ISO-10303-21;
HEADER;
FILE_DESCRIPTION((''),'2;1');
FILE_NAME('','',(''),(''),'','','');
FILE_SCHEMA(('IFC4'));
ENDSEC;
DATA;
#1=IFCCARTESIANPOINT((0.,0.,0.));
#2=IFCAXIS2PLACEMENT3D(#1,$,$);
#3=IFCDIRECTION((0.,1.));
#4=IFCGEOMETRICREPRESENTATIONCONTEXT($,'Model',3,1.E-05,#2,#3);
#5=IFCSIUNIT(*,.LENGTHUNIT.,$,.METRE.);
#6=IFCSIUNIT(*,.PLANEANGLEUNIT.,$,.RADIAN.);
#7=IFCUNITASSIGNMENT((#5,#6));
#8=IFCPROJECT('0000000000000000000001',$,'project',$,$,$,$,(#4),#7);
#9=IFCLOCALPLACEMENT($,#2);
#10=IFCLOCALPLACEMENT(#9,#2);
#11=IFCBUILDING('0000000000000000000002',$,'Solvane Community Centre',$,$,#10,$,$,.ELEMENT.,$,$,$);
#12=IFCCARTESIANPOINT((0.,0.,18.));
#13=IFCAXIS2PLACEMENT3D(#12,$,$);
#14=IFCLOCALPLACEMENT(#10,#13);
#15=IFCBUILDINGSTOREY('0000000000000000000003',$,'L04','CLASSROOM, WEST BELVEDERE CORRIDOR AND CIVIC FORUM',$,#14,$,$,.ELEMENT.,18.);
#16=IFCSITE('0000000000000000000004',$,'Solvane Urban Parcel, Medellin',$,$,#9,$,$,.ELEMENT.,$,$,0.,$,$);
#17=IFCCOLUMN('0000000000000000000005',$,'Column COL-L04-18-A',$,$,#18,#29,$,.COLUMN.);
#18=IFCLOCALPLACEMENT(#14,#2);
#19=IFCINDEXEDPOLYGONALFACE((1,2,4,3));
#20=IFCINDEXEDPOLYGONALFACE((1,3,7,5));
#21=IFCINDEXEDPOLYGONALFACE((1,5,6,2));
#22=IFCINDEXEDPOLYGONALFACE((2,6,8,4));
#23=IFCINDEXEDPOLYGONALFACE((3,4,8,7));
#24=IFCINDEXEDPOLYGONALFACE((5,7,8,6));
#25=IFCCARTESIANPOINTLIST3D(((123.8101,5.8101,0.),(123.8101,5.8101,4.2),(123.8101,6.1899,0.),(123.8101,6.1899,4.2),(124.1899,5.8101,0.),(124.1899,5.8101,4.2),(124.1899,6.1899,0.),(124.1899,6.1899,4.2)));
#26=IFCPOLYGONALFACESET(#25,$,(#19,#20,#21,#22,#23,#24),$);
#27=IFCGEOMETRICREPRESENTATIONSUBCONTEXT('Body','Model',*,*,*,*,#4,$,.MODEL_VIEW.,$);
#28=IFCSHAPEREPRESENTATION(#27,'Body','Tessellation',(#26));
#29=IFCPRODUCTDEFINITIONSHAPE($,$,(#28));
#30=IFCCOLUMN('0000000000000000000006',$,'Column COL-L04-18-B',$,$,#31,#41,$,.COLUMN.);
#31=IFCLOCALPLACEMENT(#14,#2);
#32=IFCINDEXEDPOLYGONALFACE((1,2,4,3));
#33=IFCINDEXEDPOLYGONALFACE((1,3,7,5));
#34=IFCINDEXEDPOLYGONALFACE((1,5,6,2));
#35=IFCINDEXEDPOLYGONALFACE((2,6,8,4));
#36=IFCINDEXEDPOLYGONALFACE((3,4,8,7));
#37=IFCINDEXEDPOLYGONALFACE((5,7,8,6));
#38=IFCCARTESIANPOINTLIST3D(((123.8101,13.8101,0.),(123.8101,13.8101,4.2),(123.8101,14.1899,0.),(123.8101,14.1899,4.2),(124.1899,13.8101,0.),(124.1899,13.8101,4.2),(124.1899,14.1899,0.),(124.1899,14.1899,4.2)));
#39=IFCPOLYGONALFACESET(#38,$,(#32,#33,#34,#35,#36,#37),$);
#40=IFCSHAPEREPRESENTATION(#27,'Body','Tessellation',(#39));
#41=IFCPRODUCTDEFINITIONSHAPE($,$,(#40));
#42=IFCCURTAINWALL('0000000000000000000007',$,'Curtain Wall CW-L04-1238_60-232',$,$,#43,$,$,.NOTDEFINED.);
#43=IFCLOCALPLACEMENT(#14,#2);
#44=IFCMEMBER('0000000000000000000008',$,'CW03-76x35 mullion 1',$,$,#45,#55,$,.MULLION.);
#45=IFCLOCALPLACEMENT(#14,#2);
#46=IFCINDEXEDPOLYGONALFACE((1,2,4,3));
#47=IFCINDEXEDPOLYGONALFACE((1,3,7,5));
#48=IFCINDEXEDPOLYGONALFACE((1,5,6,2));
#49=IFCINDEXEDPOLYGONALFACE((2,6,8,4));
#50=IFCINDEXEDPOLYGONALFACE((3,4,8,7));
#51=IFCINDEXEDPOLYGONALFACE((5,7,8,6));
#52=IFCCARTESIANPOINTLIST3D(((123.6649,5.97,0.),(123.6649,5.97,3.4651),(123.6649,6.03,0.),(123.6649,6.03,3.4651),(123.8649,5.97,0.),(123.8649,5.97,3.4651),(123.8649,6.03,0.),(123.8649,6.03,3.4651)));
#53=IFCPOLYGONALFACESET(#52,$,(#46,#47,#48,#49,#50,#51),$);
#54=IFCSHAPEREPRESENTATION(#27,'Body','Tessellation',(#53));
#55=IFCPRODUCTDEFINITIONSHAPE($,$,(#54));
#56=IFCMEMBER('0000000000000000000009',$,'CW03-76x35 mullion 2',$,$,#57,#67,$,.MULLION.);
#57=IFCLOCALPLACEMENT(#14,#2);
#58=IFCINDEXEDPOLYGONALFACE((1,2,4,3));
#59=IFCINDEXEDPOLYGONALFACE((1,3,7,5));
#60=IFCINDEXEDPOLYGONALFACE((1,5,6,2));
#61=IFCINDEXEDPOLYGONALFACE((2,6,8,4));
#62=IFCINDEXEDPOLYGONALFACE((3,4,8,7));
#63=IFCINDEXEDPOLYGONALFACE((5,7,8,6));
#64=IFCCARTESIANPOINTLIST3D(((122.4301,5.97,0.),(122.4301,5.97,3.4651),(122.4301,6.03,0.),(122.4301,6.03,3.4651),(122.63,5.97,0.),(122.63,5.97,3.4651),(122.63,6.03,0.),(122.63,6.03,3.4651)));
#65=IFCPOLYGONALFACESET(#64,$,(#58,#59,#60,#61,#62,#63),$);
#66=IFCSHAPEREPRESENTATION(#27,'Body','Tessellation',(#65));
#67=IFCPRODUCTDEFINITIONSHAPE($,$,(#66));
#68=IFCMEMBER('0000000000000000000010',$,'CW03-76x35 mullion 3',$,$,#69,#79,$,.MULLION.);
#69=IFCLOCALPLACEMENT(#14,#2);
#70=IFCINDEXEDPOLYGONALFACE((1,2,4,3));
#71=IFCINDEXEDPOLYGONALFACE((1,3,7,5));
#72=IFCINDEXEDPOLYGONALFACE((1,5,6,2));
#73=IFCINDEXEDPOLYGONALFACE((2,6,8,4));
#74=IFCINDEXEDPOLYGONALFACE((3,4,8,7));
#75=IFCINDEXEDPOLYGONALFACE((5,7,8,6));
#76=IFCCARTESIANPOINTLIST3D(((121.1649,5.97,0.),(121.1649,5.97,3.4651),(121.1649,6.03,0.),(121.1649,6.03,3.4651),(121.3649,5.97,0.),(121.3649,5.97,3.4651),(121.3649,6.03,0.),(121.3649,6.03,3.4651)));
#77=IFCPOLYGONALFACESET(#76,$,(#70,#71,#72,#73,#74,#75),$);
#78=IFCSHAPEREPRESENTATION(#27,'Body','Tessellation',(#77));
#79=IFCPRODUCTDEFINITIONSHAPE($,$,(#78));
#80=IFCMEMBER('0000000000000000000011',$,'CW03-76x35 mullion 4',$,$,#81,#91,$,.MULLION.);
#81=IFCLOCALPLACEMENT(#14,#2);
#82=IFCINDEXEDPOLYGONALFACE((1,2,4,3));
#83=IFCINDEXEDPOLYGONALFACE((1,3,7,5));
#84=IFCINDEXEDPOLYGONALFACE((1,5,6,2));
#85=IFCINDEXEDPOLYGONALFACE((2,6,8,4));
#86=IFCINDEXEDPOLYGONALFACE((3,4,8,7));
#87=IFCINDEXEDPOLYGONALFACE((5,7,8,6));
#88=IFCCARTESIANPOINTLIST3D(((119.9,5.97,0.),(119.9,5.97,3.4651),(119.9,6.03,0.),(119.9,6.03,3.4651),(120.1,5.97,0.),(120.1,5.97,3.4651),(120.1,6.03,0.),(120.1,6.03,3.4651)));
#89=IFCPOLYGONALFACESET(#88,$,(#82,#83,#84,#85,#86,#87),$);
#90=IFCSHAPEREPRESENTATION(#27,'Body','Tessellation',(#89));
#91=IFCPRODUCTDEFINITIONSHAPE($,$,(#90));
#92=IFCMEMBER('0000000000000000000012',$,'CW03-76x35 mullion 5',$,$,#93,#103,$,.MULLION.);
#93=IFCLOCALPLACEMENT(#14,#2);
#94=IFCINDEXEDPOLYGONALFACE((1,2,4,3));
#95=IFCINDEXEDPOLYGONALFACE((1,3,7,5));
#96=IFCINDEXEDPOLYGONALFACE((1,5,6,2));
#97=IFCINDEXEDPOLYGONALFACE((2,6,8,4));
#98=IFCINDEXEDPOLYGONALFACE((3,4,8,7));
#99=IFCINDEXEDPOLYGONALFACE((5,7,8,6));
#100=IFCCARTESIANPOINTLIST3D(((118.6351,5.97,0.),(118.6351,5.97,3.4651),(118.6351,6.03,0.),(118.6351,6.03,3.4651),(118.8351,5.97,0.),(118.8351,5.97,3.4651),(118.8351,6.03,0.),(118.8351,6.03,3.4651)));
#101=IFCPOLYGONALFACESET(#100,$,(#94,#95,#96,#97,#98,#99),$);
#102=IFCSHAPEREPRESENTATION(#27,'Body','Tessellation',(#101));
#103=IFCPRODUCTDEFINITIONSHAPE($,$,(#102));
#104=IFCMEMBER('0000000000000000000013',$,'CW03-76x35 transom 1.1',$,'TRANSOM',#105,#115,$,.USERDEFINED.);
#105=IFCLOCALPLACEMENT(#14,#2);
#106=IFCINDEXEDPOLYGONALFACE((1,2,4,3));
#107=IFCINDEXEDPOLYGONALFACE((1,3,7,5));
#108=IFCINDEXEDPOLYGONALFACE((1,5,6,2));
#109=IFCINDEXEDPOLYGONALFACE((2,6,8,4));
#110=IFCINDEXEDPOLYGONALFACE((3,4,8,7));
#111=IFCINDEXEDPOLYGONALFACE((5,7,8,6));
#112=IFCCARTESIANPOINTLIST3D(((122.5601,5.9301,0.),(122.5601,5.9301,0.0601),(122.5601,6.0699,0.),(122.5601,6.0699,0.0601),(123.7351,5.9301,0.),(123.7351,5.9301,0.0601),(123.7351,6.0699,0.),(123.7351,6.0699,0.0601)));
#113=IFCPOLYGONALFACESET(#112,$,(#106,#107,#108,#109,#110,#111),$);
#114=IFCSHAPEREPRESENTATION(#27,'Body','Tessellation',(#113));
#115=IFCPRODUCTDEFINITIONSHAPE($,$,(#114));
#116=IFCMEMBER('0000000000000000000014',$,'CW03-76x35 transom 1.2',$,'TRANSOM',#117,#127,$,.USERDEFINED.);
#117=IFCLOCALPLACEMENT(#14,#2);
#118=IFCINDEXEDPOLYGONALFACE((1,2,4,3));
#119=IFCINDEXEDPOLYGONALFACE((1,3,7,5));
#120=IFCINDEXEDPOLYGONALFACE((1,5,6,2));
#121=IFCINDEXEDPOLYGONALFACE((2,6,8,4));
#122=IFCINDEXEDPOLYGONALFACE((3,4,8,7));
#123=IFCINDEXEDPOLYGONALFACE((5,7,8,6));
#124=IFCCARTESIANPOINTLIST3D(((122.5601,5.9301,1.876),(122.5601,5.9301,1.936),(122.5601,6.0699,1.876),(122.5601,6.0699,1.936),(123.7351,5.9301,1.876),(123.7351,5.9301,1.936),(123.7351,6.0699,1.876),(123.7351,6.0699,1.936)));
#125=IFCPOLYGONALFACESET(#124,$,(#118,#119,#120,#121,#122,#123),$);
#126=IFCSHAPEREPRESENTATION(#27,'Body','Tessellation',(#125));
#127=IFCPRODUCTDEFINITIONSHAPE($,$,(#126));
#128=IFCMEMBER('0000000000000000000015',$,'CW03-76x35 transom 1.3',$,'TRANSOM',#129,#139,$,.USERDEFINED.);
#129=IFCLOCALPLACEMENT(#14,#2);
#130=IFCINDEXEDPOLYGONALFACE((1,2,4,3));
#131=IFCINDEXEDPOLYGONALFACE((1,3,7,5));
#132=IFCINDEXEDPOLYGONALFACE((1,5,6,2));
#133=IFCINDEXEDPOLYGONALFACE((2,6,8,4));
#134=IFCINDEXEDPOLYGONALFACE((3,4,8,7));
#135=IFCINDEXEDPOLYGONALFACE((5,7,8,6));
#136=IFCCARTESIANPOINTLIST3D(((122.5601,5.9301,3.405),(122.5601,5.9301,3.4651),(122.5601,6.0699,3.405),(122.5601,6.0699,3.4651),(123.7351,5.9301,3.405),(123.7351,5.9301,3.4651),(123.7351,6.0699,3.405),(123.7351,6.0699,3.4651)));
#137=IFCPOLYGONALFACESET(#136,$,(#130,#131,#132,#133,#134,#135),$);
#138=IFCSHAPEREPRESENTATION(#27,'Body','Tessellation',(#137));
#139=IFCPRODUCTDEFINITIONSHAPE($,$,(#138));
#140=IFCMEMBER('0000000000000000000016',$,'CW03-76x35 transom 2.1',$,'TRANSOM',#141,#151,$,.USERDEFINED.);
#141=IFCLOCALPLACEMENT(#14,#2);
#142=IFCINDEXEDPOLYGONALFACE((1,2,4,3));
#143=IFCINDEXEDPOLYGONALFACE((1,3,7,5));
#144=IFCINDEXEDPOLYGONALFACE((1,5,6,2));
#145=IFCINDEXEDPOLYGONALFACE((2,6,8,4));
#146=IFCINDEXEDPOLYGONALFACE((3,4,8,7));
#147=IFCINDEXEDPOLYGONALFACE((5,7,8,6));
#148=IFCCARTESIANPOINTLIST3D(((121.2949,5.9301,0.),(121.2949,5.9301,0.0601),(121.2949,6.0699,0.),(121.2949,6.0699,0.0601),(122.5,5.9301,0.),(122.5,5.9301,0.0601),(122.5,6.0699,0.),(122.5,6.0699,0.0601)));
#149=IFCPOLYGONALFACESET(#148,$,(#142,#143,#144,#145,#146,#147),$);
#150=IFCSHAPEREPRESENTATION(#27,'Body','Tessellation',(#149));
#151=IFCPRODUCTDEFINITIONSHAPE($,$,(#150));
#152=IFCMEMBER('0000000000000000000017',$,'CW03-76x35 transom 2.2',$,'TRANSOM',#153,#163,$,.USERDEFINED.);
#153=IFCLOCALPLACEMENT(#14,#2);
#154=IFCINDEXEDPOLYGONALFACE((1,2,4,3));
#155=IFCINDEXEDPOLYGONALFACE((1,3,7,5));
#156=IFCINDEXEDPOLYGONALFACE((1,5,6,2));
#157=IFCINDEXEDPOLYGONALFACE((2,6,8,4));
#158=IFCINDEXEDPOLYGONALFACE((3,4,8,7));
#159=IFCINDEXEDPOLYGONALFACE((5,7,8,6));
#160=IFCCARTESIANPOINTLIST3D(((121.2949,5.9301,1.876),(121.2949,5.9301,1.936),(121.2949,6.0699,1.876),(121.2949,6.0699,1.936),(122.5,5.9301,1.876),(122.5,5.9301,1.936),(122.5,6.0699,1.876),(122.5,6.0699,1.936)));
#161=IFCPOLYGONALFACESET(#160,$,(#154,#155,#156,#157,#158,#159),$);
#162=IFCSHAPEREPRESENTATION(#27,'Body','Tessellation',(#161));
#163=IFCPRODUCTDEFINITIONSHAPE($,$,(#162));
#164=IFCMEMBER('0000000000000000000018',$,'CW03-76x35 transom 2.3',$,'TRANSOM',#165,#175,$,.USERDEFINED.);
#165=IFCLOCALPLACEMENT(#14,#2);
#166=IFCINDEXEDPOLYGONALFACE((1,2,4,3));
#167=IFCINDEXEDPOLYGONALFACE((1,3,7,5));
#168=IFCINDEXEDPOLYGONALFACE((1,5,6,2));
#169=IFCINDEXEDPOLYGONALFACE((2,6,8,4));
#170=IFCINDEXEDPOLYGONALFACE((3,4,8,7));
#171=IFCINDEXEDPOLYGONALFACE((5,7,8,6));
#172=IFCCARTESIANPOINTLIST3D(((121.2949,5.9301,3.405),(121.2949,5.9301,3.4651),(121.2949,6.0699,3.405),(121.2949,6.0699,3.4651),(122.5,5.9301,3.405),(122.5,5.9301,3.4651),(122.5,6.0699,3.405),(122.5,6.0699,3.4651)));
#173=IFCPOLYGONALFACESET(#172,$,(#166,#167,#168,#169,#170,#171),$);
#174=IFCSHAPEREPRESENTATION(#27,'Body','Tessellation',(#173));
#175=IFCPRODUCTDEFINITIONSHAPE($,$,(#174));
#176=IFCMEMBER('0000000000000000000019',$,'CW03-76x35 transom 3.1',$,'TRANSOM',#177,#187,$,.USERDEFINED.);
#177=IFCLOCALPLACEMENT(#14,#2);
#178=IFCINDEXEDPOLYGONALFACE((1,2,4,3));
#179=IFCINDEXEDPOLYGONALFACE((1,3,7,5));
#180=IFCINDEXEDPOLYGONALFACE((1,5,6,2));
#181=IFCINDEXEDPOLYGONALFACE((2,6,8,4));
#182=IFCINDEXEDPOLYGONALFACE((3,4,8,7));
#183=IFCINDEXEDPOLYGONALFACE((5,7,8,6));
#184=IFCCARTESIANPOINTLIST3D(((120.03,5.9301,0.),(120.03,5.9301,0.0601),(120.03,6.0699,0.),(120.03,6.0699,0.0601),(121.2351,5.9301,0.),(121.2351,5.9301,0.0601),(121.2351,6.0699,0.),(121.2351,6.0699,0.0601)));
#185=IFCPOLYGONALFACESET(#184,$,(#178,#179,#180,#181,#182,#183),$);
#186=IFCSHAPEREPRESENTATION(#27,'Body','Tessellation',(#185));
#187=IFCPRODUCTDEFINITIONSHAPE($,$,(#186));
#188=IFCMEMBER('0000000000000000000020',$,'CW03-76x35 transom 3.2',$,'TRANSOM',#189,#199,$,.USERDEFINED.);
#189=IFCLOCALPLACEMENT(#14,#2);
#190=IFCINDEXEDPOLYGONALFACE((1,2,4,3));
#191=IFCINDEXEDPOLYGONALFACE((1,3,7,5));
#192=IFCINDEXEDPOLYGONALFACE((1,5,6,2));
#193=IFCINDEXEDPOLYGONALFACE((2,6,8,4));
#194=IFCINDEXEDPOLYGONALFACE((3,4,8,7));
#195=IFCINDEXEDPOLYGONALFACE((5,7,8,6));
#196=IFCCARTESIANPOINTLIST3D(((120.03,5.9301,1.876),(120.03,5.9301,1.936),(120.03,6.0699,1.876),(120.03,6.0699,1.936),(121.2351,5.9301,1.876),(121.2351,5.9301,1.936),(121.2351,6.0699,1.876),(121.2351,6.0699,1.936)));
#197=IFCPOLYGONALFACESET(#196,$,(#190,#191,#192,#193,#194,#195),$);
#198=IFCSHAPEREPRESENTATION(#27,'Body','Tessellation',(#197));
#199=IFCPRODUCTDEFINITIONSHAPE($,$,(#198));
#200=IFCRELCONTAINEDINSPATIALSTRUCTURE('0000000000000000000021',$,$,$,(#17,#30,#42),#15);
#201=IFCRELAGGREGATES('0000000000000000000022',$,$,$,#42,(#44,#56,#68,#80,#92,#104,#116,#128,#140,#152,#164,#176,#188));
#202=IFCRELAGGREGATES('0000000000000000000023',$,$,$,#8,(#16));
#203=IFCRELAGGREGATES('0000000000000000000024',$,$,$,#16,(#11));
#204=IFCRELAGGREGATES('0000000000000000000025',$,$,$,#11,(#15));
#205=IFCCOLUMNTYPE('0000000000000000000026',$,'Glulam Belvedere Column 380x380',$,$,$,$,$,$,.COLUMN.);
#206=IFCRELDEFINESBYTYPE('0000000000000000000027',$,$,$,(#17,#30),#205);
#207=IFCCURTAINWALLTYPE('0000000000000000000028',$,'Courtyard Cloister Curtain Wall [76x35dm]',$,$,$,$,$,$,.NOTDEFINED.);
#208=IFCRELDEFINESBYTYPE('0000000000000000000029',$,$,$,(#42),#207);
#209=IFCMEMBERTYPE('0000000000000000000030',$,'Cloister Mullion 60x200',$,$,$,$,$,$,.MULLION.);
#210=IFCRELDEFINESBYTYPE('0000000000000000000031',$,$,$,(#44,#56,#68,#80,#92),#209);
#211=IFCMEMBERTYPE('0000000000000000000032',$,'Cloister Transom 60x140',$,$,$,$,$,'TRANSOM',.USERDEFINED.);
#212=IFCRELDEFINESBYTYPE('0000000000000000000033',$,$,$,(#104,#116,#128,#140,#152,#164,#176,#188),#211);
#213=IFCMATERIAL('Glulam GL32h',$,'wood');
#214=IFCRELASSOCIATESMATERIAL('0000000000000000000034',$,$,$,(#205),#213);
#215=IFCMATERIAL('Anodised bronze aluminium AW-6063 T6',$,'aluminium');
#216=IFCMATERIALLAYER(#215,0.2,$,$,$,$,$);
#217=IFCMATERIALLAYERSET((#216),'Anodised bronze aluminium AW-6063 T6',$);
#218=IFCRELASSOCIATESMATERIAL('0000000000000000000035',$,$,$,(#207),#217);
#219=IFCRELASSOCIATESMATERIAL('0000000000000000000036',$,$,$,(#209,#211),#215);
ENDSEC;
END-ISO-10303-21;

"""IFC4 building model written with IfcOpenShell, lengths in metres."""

from ifc_helpers import new_model, si_unit, direction, frame, origin, origin_2d, place, context, subcontext, project, spatial, rectangle, extrude, material, layer, layer_set, material_profile, profile_set, type_object, element, aggregate, save


model = new_model("IFC4")

# Units and contexts
model_context = context("Model", 3, precision=1e-05, world=origin(), true_north=direction((0.0, 1.0)))
body_context = subcontext(model_context, "Body", "Model", "MODEL_VIEW")
ifc_project = project(units=[si_unit("LENGTHUNIT", "METRE"), si_unit("PLANEANGLEUNIT", "RADIAN")], contexts=[model_context])

# Site, building, storey
site_placement = place(None, origin())
site = spatial("IfcSite", under=ifc_project, at=site_placement, Name="Solvane Urban Parcel, Medellin", CompositionType="ELEMENT", RefElevation=0.0)
building_placement = place(site_placement, origin())
building = spatial("IfcBuilding", under=site, at=building_placement, Name="Solvane Community Centre", CompositionType="ELEMENT")
storey_placement = place(building_placement, frame((0.0, 0.0, 18.0)))
storey = spatial("IfcBuildingStorey", under=building, at=storey_placement, Name="L04", Description="CLASSROOM, WEST BELVEDERE CORRIDOR AND CIVIC FORUM", CompositionType="ELEMENT", Elevation=18.0)

# Columns
ifc_material_1 = material(Name="Glulam GL32h", Category="wood")
ifc_material_profile_1 = material_profile(ifc_material_1, rectangle(XDim=0.3799, YDim=0.3799, at=origin_2d()), Name="GL32h 380x380")
ifc_profile_set_1 = profile_set([ifc_material_profile_1], Name="Glulam GL32h")
column_type = type_object("IfcColumnType", Name="Glulam Belvedere Column 380x380", PredefinedType="COLUMN", material=ifc_profile_set_1)
for number, where, z_axis, x_axis, name in (
    (1, (124.0, 6.0, 0.0), (0.0, 0.0, 1.0), (1.0, 0.0, 0.0), "Column COL-L04-18-A"),
    (2, (124.0, 14.0, 0.0), (0.0, 0.0, 1.0), (1.0, 0.0, 0.0), "Column COL-L04-18-B"),
):
    element("IfcColumn", number, at=place(storey_placement, frame(where, z_axis=z_axis, x_axis=x_axis)), inside=storey, type_object=column_type, Name=name, PredefinedType="COLUMN", context=body_context, shape_type="SweptSolid", body=[
        extrude(rectangle(XDim=0.3799, YDim=0.3799, at=origin_2d()), origin(), (0.0, 0.0, 1.0), 4.2),
    ])

# Curtain wall, members
ifc_material_2 = material(Name="Anodised bronze aluminium AW-6063 T6", Category="aluminium")
ifc_layer_1 = layer(ifc_material_2, 0.2)
ifc_layer_set_1 = layer_set([ifc_layer_1], Name="Anodised bronze aluminium AW-6063 T6")
curtain_wall_type = type_object("IfcCurtainWallType", Name="Courtyard Cloister Curtain Wall [76x35dm]", PredefinedType="NOTDEFINED", material=ifc_layer_set_1)
curtain_wall_placement = place(storey_placement, origin())
curtain_wall = element("IfcCurtainWall", 3, at=curtain_wall_placement, inside=storey, type_object=curtain_wall_type, Name="Curtain Wall CW-L04-1238_60-232", PredefinedType="NOTDEFINED")
ifc_material_profile_2 = material_profile(ifc_material_2, rectangle(XDim=0.0601, YDim=0.2, at=origin_2d()), Name="CW-M 60x200")
ifc_profile_set_2 = profile_set([ifc_material_profile_2], Name="Anodised bronze aluminium AW-6063 T6")
member_type_1 = type_object("IfcMemberType", Name="Cloister Mullion 60x200", PredefinedType="MULLION", material=ifc_profile_set_2)
member_1_placement = place(storey_placement, frame((123.7649, 6.0, 0.0), z_axis=(0.0, 0.0, 1.0), x_axis=(0.0, -1.0, 0.0)))
member_1 = element("IfcMember", 4, at=member_1_placement, type_object=member_type_1, Name="CW03-76x35 mullion 1", PredefinedType="MULLION", context=body_context, shape_type="SweptSolid", body=[
    extrude(rectangle(XDim=0.0601, YDim=0.2, at=origin_2d()), origin(), (0.0, 0.0, 1.0), 3.4651),
])
member_2_placement = place(storey_placement, frame((122.53, 6.0, 0.0), z_axis=(0.0, 0.0, 1.0), x_axis=(0.0, -1.0, 0.0)))
member_2 = element("IfcMember", 5, at=member_2_placement, type_object=member_type_1, Name="CW03-76x35 mullion 2", PredefinedType="MULLION", context=body_context, shape_type="SweptSolid", body=[
    extrude(rectangle(XDim=0.0601, YDim=0.2, at=origin_2d()), origin(), (0.0, 0.0, 1.0), 3.4651),
])
member_3_placement = place(storey_placement, frame((121.2649, 6.0, 0.0), z_axis=(0.0, 0.0, 1.0), x_axis=(0.0, -1.0, 0.0)))
member_3 = element("IfcMember", 6, at=member_3_placement, type_object=member_type_1, Name="CW03-76x35 mullion 3", PredefinedType="MULLION", context=body_context, shape_type="SweptSolid", body=[
    extrude(rectangle(XDim=0.0601, YDim=0.2, at=origin_2d()), origin(), (0.0, 0.0, 1.0), 3.4651),
])
member_4_placement = place(storey_placement, frame((120.0, 6.0, 0.0), z_axis=(0.0, 0.0, 1.0), x_axis=(0.0, -1.0, 0.0)))
member_4 = element("IfcMember", 7, at=member_4_placement, type_object=member_type_1, Name="CW03-76x35 mullion 4", PredefinedType="MULLION", context=body_context, shape_type="SweptSolid", body=[
    extrude(rectangle(XDim=0.0601, YDim=0.2, at=origin_2d()), origin(), (0.0, 0.0, 1.0), 3.4651),
])
member_5_placement = place(storey_placement, frame((118.7351, 6.0, 0.0), z_axis=(0.0, 0.0, 1.0), x_axis=(0.0, -1.0, 0.0)))
member_5 = element("IfcMember", 8, at=member_5_placement, type_object=member_type_1, Name="CW03-76x35 mullion 5", PredefinedType="MULLION", context=body_context, shape_type="SweptSolid", body=[
    extrude(rectangle(XDim=0.0601, YDim=0.2, at=origin_2d()), origin(), (0.0, 0.0, 1.0), 3.4651),
])
ifc_material_profile_3 = material_profile(ifc_material_2, rectangle(XDim=0.1399, YDim=0.0601, at=origin_2d()), Name="CW-T 60x140")
ifc_profile_set_3 = profile_set([ifc_material_profile_3], Name="Anodised bronze aluminium AW-6063 T6")
member_type_2 = type_object("IfcMemberType", Name="Cloister Transom 60x140", ElementType="TRANSOM", PredefinedType="USERDEFINED", material=ifc_profile_set_3)
member_6_placement = place(storey_placement, frame((123.7351, 6.0, 0.03), z_axis=(-1.0, 0.0, 0.0), x_axis=(0.0, -1.0, 0.0)))
member_6 = element("IfcMember", 9, at=member_6_placement, type_object=member_type_2, Name="CW03-76x35 transom 1.1", ObjectType="TRANSOM", PredefinedType="USERDEFINED", context=body_context, shape_type="SweptSolid", body=[
    extrude(rectangle(XDim=0.1399, YDim=0.0601, at=origin_2d()), origin(), (0.0, 0.0, 1.0), 1.175),
])
member_7_placement = place(storey_placement, frame((123.7351, 6.0, 1.906), z_axis=(-1.0, 0.0, 0.0), x_axis=(0.0, -1.0, 0.0)))
member_7 = element("IfcMember", 10, at=member_7_placement, type_object=member_type_2, Name="CW03-76x35 transom 1.2", ObjectType="TRANSOM", PredefinedType="USERDEFINED", context=body_context, shape_type="SweptSolid", body=[
    extrude(rectangle(XDim=0.1399, YDim=0.0601, at=origin_2d()), origin(), (0.0, 0.0, 1.0), 1.175),
])
member_8_placement = place(storey_placement, frame((123.7351, 6.0, 3.4351), z_axis=(-1.0, 0.0, 0.0), x_axis=(0.0, -1.0, 0.0)))
member_8 = element("IfcMember", 11, at=member_8_placement, type_object=member_type_2, Name="CW03-76x35 transom 1.3", ObjectType="TRANSOM", PredefinedType="USERDEFINED", context=body_context, shape_type="SweptSolid", body=[
    extrude(rectangle(XDim=0.1399, YDim=0.0601, at=origin_2d()), origin(), (0.0, 0.0, 1.0), 1.175),
])
member_9_placement = place(storey_placement, frame((122.5, 6.0, 0.03), z_axis=(-1.0, 0.0, 0.0), x_axis=(0.0, -1.0, 0.0)))
member_9 = element("IfcMember", 12, at=member_9_placement, type_object=member_type_2, Name="CW03-76x35 transom 2.1", ObjectType="TRANSOM", PredefinedType="USERDEFINED", context=body_context, shape_type="SweptSolid", body=[
    extrude(rectangle(XDim=0.1399, YDim=0.0601, at=origin_2d()), origin(), (0.0, 0.0, 1.0), 1.2051),
])
member_10_placement = place(storey_placement, frame((122.5, 6.0, 1.906), z_axis=(-1.0, 0.0, 0.0), x_axis=(0.0, -1.0, 0.0)))
member_10 = element("IfcMember", 13, at=member_10_placement, type_object=member_type_2, Name="CW03-76x35 transom 2.2", ObjectType="TRANSOM", PredefinedType="USERDEFINED", context=body_context, shape_type="SweptSolid", body=[
    extrude(rectangle(XDim=0.1399, YDim=0.0601, at=origin_2d()), origin(), (0.0, 0.0, 1.0), 1.2051),
])
member_11_placement = place(storey_placement, frame((122.5, 6.0, 3.4351), z_axis=(-1.0, 0.0, 0.0), x_axis=(0.0, -1.0, 0.0)))
member_11 = element("IfcMember", 14, at=member_11_placement, type_object=member_type_2, Name="CW03-76x35 transom 2.3", ObjectType="TRANSOM", PredefinedType="USERDEFINED", context=body_context, shape_type="SweptSolid", body=[
    extrude(rectangle(XDim=0.1399, YDim=0.0601, at=origin_2d()), origin(), (0.0, 0.0, 1.0), 1.2051),
])
member_12_placement = place(storey_placement, frame((121.2351, 6.0, 0.03), z_axis=(-1.0, 0.0, 0.0), x_axis=(0.0, -1.0, 0.0)))
member_12 = element("IfcMember", 15, at=member_12_placement, type_object=member_type_2, Name="CW03-76x35 transom 3.1", ObjectType="TRANSOM", PredefinedType="USERDEFINED", context=body_context, shape_type="SweptSolid", body=[
    extrude(rectangle(XDim=0.1399, YDim=0.0601, at=origin_2d()), origin(), (0.0, 0.0, 1.0), 1.2051),
])
member_13_placement = place(storey_placement, frame((121.2351, 6.0, 1.906), z_axis=(-1.0, 0.0, 0.0), x_axis=(0.0, -1.0, 0.0)))
member_13 = element("IfcMember", 16, at=member_13_placement, type_object=member_type_2, Name="CW03-76x35 transom 3.2", ObjectType="TRANSOM", PredefinedType="USERDEFINED", context=body_context, shape_type="SweptSolid", body=[
    extrude(rectangle(XDim=0.1399, YDim=0.0601, at=origin_2d()), origin(), (0.0, 0.0, 1.0), 1.2051),
])

aggregate(curtain_wall, [member_1, member_2, member_3, member_4, member_5, member_6, member_7, member_8, member_9, member_10, member_11, member_12, member_13])

save(model, "model.ifc")
